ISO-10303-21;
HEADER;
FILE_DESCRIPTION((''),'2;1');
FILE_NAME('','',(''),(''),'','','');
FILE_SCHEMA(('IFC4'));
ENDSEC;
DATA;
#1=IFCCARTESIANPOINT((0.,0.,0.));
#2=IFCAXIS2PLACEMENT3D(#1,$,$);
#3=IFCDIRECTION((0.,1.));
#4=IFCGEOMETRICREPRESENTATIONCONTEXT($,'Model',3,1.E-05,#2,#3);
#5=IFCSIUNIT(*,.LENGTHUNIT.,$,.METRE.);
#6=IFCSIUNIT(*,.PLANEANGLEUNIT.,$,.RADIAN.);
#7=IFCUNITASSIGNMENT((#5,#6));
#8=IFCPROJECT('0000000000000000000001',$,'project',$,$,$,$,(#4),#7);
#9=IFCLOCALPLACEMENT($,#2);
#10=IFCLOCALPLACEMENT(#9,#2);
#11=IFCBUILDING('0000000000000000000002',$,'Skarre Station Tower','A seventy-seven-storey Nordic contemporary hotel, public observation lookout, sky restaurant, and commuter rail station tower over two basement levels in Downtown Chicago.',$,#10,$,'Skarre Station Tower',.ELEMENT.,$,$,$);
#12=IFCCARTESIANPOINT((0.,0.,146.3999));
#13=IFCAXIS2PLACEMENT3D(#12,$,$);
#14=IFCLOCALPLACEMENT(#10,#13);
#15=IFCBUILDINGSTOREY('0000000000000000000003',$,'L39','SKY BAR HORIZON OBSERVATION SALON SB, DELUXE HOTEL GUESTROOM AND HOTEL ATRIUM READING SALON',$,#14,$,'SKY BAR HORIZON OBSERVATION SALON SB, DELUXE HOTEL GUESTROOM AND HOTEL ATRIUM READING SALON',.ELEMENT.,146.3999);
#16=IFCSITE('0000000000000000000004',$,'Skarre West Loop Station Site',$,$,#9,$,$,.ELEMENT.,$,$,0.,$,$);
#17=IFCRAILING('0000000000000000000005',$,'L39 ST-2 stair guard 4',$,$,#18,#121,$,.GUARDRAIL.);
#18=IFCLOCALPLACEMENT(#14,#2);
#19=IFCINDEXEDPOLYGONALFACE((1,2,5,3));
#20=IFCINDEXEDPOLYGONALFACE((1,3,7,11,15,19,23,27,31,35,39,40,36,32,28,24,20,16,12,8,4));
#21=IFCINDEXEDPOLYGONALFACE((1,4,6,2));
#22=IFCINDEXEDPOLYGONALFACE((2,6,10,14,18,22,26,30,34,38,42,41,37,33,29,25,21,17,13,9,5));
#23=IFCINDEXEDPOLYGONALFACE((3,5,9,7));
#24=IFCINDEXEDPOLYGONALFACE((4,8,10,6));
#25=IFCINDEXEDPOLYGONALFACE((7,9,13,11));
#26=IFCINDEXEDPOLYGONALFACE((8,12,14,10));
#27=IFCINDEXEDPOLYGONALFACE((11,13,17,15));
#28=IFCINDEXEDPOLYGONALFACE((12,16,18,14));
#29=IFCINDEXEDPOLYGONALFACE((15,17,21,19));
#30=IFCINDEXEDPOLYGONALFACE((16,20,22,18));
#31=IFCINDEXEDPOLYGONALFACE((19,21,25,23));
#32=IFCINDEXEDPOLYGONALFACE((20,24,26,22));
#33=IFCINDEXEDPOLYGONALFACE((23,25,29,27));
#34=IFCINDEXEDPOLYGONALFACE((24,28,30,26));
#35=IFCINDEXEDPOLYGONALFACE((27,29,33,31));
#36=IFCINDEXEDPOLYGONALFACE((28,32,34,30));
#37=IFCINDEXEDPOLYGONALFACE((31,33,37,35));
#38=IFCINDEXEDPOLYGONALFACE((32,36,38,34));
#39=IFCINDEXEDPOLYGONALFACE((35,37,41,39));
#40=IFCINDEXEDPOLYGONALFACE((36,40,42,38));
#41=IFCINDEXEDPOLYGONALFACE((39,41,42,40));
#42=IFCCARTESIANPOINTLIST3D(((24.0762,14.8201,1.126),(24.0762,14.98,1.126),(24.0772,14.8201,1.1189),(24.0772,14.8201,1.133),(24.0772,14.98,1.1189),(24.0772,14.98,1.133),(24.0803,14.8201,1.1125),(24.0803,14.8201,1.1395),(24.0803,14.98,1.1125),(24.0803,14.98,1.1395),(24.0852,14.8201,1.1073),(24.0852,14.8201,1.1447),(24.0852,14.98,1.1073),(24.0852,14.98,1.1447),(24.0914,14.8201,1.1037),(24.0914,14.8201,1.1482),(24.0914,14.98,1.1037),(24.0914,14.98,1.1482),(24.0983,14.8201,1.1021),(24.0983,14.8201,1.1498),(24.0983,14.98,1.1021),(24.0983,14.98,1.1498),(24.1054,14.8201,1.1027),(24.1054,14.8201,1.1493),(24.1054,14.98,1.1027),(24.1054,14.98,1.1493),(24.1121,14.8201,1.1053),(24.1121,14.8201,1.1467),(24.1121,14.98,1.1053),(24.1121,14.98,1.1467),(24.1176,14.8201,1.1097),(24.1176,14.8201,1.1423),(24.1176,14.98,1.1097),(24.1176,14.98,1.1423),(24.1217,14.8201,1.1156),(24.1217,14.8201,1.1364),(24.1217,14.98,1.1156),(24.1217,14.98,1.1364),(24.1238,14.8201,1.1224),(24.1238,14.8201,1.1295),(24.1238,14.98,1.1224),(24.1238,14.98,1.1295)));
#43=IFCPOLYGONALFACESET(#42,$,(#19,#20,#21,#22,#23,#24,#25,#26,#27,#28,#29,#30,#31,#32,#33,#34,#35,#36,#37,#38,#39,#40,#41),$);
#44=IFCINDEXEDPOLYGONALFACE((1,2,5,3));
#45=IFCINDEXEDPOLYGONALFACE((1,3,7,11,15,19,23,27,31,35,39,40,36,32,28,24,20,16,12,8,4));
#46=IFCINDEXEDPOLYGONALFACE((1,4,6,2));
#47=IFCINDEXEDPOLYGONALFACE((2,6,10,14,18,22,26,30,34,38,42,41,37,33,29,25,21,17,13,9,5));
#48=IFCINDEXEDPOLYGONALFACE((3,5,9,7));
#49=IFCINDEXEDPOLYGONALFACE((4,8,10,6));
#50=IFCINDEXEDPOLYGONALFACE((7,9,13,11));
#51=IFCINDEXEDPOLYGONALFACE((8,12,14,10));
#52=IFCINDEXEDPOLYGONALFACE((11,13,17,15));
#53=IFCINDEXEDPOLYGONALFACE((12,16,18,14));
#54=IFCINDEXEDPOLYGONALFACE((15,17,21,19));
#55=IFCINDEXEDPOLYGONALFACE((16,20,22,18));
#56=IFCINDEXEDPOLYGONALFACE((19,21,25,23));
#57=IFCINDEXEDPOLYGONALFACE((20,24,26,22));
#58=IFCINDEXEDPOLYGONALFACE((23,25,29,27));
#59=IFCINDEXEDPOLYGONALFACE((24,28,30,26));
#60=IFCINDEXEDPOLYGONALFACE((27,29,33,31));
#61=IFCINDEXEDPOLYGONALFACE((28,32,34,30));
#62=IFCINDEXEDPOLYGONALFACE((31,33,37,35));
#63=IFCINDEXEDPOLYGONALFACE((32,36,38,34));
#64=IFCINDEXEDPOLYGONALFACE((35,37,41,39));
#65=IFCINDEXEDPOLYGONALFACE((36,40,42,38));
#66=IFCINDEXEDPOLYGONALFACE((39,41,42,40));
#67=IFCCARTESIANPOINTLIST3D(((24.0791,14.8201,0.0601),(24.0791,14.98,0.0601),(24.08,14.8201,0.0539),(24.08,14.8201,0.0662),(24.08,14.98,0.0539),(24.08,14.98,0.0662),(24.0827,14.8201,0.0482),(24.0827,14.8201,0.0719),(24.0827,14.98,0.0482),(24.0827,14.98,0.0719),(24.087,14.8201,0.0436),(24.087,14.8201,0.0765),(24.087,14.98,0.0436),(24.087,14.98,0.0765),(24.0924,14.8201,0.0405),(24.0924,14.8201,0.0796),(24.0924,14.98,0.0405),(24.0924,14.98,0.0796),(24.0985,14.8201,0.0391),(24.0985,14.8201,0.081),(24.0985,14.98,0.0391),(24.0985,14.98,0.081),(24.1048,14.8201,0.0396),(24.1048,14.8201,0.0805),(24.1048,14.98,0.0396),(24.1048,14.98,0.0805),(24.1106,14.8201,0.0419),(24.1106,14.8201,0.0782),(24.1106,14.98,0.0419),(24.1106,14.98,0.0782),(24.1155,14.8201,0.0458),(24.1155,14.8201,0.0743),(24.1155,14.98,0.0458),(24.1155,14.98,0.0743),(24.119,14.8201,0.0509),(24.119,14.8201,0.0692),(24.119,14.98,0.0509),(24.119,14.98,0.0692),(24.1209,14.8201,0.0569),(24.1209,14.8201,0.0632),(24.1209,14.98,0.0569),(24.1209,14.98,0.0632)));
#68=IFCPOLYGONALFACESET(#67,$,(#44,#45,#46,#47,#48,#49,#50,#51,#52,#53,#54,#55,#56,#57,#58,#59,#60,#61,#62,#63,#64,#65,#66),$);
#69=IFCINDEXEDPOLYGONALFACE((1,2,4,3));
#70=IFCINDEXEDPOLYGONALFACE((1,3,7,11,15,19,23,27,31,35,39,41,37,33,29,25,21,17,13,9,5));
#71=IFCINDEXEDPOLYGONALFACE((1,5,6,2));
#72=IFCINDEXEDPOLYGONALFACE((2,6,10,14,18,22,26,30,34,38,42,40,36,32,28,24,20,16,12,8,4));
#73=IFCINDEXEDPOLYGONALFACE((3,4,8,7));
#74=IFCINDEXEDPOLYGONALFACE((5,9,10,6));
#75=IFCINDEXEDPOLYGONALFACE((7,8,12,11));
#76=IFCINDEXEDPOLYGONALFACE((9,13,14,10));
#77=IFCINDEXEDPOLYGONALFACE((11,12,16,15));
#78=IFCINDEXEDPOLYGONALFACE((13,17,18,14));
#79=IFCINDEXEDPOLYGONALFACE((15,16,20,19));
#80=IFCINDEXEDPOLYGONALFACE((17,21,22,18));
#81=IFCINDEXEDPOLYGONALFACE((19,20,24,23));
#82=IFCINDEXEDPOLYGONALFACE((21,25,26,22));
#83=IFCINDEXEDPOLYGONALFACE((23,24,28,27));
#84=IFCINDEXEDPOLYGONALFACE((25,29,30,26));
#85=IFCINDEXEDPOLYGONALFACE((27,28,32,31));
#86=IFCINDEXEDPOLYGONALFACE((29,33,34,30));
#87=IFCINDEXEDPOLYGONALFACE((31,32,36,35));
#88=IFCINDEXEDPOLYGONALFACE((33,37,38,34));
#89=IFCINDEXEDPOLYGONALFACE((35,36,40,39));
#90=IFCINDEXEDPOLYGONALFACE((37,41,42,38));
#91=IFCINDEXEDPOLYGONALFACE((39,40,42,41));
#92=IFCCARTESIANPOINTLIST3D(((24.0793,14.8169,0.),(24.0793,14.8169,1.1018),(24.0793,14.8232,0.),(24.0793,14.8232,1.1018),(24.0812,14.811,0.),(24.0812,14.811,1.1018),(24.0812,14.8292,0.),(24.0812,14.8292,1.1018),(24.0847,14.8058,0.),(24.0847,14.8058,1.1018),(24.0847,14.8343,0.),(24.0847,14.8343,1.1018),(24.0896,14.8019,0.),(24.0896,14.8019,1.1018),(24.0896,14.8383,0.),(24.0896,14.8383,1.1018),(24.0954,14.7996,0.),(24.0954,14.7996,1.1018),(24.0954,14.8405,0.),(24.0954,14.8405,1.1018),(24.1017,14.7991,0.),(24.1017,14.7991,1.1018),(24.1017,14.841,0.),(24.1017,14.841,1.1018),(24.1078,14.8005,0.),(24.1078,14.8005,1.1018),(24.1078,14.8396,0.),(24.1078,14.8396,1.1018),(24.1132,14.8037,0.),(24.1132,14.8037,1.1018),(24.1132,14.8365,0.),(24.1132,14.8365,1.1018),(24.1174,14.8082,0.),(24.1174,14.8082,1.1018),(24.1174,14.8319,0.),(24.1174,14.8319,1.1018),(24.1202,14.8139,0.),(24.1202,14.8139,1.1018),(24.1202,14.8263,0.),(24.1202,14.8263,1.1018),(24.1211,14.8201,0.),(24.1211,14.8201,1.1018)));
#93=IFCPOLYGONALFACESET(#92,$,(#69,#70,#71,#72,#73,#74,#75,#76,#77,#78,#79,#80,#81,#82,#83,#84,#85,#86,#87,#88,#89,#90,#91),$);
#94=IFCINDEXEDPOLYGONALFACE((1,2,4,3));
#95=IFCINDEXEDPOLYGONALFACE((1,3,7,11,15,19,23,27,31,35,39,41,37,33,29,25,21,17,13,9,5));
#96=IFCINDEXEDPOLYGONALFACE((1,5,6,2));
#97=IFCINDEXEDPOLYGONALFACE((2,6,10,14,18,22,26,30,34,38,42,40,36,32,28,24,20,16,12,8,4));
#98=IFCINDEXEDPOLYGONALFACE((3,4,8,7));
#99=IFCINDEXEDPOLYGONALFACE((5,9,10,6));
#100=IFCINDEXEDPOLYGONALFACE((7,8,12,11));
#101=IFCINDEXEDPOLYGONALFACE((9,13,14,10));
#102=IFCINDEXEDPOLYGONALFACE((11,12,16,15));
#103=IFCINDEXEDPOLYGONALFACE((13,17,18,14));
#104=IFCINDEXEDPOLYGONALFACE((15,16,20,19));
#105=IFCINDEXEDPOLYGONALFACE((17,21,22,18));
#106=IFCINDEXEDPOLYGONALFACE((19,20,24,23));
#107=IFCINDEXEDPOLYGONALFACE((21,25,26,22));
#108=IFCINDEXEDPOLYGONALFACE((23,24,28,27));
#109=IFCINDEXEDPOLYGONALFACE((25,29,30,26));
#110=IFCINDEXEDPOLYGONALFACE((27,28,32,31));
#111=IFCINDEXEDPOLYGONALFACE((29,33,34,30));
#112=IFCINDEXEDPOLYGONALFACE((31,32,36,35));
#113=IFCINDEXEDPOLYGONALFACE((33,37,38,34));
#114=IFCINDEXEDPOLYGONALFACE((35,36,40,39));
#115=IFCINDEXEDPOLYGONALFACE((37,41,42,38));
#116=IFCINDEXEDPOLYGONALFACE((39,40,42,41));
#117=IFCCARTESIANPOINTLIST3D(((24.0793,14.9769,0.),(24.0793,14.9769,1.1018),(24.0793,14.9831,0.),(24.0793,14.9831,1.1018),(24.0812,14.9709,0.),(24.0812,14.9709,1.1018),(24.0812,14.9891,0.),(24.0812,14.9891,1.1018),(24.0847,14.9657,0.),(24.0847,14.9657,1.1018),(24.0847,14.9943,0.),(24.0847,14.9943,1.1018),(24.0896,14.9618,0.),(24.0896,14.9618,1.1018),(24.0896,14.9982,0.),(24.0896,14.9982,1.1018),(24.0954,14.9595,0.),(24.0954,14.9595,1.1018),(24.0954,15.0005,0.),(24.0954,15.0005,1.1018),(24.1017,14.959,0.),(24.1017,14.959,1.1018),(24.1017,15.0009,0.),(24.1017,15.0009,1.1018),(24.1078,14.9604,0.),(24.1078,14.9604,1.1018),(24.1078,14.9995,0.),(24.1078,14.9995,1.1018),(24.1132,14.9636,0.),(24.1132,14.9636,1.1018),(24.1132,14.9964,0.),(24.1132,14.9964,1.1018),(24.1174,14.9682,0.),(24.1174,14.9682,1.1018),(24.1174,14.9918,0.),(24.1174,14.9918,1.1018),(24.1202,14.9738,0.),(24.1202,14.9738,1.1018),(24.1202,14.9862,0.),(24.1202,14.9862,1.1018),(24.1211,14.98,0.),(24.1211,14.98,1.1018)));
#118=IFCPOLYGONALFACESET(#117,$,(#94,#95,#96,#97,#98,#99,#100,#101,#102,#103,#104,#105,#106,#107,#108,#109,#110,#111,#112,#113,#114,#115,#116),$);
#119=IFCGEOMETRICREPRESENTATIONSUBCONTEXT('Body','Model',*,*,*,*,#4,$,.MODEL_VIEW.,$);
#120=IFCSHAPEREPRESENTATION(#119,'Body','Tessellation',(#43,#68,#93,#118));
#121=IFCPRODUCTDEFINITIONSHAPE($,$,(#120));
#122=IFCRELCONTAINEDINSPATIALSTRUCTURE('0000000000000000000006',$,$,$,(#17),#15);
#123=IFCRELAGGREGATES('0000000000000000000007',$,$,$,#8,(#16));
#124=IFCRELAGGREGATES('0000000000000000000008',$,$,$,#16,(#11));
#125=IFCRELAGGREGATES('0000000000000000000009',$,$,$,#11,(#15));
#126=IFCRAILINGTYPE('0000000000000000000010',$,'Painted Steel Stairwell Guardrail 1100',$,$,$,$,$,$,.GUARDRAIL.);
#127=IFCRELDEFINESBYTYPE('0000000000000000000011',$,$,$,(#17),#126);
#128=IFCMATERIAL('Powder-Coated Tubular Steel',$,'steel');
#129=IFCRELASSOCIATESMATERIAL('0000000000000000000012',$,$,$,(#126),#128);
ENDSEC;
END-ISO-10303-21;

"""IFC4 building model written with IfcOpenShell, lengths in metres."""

from ifc_helpers import new_model, si_unit, direction, frame, origin, origin_2d, place, context, subcontext, project, spatial, circle, extrude, material, type_object, element, save


model = new_model("IFC4")

# Units and contexts
model_context = context("Model", 3, precision=1e-05, world=origin(), true_north=direction((0.0, 1.0)))
body_context = subcontext(model_context, "Body", "Model", "MODEL_VIEW")
ifc_project = project(units=[si_unit("LENGTHUNIT", "METRE"), si_unit("PLANEANGLEUNIT", "RADIAN")], contexts=[model_context])

# Site, building, storey
site_placement = place(None, origin())
site = spatial("IfcSite", under=ifc_project, at=site_placement, Name="Skarre West Loop Station Site", CompositionType="ELEMENT", RefElevation=0.0)
building_placement = place(site_placement, origin())
building = spatial("IfcBuilding", under=site, at=building_placement, Name="Skarre Station Tower", Description="A seventy-seven-storey Nordic contemporary hotel, public observation lookout, sky restaurant, and commuter rail station tower over two basement levels in Downtown Chicago.", LongName="Skarre Station Tower", CompositionType="ELEMENT")
storey_placement = place(building_placement, frame((0.0, 0.0, 146.3999)))
storey = spatial("IfcBuildingStorey", under=building, at=storey_placement, Name="L39", Description="SKY BAR HORIZON OBSERVATION SALON SB, DELUXE HOTEL GUESTROOM AND HOTEL ATRIUM READING SALON", LongName="SKY BAR HORIZON OBSERVATION SALON SB, DELUXE HOTEL GUESTROOM AND HOTEL ATRIUM READING SALON", CompositionType="ELEMENT", Elevation=146.3999)

# Railing
ifc_material_1 = material(Name="Powder-Coated Tubular Steel", Category="steel")
railing_type_1 = type_object("IfcRailingType", Name="Painted Steel Stairwell Guardrail 1100", PredefinedType="GUARDRAIL", material=ifc_material_1)
railing_1_placement = place(storey_placement, frame((24.1001, 14.8201, 0.0)))
element("IfcRailing", 1, at=railing_1_placement, inside=storey, type_object=railing_type_1, Name="L39 ST-2 stair guard 4", PredefinedType="GUARDRAIL", context=body_context, shape_type="SweptSolid", body=[
    extrude(circle(Radius=0.0239, at=origin_2d()), frame((0.0, 0.0, 1.126), z_axis=(0.0, 1.0, 0.0), x_axis=(-1.0, 0.0, 0.0)), (0.0, 0.0, 1.0), 0.1599),
    extrude(circle(Radius=0.021, at=origin_2d()), frame((0.0, 0.0, 0.0601), z_axis=(0.0, 1.0, 0.0), x_axis=(-1.0, 0.0, 0.0)), (0.0, 0.0, 1.0), 0.1599),
    extrude(circle(Radius=0.021, at=origin_2d()), origin(), (0.0, 0.0, 1.0), 1.1018),
    extrude(circle(Radius=0.021, at=origin_2d()), frame((0.0, 0.1599, 0.0)), (0.0, 0.0, 1.0), 1.1018),
])

save(model, "model.ifc")
